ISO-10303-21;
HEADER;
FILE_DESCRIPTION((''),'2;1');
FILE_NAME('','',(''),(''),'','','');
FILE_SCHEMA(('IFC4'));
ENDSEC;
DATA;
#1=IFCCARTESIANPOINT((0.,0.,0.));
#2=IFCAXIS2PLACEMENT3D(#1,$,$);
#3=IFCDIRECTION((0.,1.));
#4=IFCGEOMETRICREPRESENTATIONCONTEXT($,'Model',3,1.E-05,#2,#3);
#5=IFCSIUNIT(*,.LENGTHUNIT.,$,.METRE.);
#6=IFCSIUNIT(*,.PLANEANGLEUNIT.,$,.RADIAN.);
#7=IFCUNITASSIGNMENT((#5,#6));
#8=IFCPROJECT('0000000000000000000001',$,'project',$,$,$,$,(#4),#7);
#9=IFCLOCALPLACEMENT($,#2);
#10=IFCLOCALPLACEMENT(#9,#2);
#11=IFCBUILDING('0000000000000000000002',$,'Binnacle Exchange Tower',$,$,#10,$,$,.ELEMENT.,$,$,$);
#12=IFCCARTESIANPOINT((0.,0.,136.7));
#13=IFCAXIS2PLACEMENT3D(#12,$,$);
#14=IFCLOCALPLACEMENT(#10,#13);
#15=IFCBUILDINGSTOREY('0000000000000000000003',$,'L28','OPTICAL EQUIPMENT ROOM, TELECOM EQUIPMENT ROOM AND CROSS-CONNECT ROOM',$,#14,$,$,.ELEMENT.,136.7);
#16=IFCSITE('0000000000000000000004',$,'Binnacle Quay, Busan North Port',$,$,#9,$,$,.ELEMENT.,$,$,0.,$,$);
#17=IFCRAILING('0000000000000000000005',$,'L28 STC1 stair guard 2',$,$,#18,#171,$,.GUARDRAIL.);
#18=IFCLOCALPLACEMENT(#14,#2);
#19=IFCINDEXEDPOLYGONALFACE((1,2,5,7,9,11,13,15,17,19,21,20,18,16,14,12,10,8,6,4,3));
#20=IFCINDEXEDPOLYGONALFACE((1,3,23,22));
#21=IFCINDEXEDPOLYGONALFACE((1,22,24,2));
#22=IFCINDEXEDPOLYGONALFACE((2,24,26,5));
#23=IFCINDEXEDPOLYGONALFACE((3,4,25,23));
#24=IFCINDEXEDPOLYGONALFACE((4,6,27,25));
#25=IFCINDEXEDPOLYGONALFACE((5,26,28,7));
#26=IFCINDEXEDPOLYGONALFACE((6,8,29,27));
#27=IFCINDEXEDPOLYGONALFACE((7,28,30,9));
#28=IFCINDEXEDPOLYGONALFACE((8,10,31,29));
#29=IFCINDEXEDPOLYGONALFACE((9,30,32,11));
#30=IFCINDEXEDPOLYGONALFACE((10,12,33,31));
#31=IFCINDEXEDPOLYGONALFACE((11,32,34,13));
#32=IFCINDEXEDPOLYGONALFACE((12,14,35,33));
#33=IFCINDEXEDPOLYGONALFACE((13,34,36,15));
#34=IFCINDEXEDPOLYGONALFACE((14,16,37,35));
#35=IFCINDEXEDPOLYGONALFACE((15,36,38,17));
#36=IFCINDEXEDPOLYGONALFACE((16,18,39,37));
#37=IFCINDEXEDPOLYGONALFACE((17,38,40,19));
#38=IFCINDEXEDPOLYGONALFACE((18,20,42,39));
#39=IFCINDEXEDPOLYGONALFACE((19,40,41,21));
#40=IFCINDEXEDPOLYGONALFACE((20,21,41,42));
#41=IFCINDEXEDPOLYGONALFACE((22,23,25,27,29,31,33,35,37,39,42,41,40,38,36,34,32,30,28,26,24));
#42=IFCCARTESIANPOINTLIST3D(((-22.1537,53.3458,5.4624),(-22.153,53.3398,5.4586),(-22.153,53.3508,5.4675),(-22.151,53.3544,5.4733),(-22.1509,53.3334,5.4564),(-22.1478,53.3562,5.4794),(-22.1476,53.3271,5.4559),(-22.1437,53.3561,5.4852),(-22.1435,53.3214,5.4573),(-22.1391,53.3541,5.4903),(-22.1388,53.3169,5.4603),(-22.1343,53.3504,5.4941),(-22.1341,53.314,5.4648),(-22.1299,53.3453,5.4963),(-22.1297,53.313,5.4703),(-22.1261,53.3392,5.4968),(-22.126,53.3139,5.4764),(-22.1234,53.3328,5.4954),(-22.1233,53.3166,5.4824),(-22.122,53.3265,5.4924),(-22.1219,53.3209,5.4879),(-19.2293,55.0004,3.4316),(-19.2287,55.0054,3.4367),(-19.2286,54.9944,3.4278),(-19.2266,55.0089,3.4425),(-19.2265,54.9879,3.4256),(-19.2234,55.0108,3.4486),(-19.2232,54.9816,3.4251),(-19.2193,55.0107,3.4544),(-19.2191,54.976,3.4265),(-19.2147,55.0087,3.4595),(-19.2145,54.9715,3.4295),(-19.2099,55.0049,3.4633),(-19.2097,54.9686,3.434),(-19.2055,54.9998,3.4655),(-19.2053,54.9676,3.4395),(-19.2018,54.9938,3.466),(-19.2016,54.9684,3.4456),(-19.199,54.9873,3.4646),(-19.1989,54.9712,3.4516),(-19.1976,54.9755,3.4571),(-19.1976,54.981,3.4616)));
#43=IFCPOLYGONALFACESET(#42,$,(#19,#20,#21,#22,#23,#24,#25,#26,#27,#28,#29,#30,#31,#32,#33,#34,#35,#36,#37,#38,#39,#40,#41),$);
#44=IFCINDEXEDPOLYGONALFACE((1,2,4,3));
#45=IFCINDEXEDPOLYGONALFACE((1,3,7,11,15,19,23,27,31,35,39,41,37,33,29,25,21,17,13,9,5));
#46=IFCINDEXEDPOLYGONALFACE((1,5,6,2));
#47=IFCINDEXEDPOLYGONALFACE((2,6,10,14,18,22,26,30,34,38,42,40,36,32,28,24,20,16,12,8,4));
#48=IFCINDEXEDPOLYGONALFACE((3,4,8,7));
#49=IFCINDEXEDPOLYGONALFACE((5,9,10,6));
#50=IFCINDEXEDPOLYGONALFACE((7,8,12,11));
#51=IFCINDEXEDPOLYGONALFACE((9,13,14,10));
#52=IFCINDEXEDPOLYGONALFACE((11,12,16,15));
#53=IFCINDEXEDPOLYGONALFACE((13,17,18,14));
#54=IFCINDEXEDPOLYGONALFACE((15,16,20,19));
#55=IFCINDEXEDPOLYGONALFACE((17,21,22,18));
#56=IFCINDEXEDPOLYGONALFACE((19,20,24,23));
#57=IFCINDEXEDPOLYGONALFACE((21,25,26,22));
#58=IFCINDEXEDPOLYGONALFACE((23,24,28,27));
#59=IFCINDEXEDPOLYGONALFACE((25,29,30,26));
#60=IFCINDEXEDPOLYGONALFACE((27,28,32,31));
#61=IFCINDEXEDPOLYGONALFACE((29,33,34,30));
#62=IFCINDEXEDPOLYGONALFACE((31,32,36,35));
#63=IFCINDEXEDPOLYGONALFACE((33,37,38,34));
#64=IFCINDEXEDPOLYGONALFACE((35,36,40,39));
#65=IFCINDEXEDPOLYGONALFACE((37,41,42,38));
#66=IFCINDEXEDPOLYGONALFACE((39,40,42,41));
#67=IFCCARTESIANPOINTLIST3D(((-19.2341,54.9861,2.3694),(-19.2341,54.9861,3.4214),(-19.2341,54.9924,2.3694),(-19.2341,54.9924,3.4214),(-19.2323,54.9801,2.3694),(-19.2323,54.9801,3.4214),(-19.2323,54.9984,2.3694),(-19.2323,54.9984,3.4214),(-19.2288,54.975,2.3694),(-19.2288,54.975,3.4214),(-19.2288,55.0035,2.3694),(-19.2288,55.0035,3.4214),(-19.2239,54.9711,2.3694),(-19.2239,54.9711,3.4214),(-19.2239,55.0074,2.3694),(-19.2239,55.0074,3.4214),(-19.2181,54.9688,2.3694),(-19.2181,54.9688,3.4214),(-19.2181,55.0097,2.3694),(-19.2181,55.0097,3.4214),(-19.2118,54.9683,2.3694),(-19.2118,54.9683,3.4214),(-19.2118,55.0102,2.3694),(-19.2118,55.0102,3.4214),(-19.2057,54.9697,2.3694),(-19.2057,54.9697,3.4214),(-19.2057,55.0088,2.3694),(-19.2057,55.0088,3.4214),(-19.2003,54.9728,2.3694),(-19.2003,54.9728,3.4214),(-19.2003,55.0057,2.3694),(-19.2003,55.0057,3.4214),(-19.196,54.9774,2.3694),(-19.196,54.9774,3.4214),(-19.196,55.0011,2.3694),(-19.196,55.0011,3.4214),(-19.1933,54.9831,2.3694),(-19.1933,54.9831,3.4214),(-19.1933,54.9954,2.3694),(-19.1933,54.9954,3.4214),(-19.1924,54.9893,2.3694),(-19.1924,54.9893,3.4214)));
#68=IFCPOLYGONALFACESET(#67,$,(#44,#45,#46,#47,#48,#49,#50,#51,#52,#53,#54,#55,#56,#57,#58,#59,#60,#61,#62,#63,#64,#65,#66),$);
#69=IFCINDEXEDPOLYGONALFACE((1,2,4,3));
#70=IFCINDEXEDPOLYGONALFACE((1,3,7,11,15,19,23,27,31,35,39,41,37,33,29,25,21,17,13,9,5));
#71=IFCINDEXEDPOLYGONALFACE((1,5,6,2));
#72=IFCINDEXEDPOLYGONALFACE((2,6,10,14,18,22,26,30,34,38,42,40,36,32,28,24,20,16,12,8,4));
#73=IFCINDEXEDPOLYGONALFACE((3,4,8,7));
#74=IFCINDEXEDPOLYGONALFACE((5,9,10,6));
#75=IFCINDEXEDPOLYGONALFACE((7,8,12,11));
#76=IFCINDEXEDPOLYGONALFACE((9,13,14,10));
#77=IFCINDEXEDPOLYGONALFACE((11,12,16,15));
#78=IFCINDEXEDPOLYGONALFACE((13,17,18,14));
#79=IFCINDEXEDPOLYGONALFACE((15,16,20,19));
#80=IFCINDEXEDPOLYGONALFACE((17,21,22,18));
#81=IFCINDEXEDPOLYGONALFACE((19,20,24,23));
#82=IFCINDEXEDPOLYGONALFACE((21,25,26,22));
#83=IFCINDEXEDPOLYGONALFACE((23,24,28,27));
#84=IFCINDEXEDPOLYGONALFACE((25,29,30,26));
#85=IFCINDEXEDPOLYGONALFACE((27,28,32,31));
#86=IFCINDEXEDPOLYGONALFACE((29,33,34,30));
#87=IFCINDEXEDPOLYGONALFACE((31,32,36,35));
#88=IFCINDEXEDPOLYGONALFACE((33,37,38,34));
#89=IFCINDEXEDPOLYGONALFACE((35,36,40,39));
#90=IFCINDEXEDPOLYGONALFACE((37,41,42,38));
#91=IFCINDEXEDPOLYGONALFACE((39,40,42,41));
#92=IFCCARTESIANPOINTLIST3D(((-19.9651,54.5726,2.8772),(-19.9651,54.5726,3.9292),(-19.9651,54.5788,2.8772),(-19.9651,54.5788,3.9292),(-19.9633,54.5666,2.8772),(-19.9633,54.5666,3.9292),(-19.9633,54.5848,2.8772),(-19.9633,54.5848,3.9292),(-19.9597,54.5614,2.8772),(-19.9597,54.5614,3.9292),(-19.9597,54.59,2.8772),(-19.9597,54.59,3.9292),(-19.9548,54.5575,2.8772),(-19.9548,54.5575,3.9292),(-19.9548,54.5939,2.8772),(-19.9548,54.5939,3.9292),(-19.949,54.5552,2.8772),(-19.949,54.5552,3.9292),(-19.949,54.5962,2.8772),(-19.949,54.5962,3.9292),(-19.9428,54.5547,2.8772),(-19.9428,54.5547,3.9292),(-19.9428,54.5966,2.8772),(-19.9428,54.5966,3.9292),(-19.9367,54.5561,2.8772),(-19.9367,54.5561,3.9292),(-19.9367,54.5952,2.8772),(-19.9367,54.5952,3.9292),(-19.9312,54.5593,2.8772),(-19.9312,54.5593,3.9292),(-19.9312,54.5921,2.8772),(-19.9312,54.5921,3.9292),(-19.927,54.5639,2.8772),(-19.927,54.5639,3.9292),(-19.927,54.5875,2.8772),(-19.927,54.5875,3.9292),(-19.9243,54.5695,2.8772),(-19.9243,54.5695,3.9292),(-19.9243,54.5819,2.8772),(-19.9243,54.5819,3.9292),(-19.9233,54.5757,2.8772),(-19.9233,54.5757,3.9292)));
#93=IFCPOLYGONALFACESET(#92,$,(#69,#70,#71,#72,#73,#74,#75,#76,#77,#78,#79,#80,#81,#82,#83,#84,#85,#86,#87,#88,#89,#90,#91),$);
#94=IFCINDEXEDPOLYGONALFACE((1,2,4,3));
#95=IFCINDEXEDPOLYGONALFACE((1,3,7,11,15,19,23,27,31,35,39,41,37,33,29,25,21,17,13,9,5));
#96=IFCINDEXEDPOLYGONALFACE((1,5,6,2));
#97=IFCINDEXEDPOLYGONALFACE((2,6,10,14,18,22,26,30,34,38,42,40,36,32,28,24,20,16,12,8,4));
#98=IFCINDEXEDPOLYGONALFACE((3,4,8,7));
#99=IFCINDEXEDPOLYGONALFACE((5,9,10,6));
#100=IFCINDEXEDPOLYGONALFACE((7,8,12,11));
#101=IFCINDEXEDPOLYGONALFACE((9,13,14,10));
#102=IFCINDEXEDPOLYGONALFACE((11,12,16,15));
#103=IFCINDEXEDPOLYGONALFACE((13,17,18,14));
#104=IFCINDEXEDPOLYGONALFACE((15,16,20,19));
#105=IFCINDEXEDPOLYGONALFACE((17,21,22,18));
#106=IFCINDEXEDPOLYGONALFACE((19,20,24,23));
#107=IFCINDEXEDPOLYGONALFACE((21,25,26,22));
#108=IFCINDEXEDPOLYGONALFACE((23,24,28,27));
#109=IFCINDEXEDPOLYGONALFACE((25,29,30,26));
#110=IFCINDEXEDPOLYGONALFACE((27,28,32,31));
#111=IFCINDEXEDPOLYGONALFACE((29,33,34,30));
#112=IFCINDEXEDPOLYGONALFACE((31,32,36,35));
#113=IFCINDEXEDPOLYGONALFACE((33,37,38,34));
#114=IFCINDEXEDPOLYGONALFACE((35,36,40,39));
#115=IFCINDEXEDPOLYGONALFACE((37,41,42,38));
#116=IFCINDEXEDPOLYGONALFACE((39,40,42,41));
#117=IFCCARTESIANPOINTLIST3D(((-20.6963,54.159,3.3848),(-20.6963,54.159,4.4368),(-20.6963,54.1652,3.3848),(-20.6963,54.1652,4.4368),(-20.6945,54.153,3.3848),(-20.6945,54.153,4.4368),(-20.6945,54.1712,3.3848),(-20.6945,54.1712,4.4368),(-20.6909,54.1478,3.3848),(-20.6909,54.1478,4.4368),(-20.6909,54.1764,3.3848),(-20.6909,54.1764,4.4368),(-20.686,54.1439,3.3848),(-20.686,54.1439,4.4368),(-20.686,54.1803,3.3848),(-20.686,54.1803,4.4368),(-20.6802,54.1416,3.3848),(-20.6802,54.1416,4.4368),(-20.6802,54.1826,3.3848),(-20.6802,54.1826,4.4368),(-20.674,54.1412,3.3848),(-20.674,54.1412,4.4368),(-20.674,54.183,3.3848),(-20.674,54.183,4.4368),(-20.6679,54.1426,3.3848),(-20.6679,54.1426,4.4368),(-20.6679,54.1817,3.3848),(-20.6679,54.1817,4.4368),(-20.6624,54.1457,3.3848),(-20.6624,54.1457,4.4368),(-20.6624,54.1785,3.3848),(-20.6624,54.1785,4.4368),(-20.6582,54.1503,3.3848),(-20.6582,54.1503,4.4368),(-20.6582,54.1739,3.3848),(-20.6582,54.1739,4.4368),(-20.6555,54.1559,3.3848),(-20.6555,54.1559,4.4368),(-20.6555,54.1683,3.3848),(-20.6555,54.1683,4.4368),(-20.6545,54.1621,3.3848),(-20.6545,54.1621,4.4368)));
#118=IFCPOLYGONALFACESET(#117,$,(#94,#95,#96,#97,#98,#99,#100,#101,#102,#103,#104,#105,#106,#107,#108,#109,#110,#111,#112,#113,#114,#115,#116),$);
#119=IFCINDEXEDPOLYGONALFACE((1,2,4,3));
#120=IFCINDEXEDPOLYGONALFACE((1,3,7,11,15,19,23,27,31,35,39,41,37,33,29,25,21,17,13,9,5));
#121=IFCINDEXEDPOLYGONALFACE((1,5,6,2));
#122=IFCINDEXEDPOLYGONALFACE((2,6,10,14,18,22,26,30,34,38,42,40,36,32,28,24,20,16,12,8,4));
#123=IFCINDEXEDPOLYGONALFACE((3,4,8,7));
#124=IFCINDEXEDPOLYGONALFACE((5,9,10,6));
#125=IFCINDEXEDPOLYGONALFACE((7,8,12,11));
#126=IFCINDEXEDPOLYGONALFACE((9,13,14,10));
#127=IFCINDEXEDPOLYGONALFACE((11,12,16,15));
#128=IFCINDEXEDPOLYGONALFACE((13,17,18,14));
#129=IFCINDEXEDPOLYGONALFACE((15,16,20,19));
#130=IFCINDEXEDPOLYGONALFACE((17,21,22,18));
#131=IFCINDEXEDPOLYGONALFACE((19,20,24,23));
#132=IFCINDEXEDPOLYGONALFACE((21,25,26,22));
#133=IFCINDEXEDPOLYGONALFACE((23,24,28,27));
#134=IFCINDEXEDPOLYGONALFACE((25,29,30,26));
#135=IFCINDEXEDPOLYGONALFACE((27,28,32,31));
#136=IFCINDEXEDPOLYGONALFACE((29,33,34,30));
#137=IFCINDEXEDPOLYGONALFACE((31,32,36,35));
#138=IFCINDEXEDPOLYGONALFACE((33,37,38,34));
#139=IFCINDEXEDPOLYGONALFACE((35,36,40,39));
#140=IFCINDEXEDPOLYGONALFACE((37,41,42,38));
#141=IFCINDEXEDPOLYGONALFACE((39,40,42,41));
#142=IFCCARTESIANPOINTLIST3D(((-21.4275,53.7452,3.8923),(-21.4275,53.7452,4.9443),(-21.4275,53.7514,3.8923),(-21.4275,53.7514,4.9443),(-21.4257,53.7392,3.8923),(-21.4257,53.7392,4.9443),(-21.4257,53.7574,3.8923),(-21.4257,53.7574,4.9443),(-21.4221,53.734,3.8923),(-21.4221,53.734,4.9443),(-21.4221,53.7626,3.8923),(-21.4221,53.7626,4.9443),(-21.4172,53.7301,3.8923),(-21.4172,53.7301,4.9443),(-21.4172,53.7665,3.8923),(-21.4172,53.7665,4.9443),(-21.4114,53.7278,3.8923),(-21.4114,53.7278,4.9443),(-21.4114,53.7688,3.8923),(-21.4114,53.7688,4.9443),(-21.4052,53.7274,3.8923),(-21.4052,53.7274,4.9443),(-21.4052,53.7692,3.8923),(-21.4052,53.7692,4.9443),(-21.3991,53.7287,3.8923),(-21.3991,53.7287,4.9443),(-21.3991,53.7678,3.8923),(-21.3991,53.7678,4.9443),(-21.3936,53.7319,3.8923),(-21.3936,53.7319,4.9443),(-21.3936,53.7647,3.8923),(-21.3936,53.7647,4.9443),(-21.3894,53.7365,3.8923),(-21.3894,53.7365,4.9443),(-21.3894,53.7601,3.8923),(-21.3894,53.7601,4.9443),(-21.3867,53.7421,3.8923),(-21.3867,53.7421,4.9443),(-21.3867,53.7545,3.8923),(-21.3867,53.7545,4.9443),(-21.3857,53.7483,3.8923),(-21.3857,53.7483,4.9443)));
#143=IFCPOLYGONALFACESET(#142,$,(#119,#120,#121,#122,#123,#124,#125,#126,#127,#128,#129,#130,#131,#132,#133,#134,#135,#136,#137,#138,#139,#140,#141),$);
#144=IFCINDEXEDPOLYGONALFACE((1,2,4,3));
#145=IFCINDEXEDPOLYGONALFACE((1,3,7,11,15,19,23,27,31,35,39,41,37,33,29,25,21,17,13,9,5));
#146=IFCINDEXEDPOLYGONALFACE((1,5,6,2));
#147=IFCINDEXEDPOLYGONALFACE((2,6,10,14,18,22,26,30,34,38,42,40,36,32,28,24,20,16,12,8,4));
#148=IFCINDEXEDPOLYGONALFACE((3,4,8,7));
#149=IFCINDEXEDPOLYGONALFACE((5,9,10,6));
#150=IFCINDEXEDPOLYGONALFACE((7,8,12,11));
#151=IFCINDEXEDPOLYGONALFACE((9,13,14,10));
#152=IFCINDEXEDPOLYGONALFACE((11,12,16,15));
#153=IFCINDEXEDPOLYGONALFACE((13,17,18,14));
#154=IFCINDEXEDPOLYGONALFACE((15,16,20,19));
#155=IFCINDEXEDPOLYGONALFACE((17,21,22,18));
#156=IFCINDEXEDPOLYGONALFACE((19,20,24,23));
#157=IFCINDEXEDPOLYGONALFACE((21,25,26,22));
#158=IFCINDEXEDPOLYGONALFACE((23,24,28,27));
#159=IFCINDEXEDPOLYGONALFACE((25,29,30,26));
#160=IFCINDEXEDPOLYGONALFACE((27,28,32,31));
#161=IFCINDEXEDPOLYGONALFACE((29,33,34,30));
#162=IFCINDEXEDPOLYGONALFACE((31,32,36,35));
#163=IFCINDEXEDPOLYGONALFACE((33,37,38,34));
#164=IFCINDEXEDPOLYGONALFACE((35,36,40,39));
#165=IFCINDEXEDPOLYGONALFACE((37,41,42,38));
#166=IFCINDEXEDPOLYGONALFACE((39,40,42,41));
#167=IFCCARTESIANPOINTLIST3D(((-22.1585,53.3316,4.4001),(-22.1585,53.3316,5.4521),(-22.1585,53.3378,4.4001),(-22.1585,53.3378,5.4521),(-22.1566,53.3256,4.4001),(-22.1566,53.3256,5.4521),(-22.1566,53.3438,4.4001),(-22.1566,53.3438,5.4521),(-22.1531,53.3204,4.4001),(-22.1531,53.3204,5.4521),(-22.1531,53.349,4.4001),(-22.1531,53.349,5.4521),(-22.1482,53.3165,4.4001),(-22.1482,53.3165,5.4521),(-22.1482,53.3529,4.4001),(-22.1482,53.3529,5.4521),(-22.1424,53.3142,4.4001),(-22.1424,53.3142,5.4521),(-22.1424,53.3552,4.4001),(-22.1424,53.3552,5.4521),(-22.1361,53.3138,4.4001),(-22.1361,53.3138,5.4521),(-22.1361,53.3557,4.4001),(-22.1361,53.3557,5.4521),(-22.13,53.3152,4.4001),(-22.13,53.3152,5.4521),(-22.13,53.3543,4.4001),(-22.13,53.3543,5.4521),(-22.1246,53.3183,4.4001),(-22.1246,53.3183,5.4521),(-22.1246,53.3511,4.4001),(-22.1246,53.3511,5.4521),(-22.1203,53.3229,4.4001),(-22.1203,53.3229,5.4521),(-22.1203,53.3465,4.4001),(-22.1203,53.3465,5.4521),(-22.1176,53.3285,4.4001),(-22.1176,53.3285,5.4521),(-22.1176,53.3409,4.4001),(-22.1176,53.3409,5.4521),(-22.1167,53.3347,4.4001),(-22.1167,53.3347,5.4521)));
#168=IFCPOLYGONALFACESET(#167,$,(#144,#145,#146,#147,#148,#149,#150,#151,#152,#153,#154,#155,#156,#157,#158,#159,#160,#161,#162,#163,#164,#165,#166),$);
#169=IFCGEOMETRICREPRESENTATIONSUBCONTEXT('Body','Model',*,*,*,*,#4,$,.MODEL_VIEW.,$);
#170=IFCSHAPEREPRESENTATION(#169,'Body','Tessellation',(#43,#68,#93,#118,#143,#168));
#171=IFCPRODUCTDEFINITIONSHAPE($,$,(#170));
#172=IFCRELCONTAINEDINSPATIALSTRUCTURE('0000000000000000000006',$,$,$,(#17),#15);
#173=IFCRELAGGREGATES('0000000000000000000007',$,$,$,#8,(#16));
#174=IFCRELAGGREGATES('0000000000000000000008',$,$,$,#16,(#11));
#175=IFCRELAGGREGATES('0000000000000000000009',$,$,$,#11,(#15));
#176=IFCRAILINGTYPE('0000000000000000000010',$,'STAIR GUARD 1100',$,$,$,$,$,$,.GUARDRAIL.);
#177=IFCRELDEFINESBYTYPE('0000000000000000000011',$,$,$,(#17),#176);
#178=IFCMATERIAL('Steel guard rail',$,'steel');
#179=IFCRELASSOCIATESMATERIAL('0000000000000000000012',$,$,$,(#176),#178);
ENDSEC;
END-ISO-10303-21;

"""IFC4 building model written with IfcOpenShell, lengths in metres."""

from ifc_helpers import new_model, si_unit, direction, frame, origin, origin_2d, place, context, subcontext, project, spatial, circle, extrude, material, type_object, element, save


model = new_model("IFC4")

# Units and contexts
model_context = context("Model", 3, precision=1e-05, world=origin(), true_north=direction((0.0, 1.0)))
body_context = subcontext(model_context, "Body", "Model", "MODEL_VIEW")
ifc_project = project(units=[si_unit("LENGTHUNIT", "METRE"), si_unit("PLANEANGLEUNIT", "RADIAN")], contexts=[model_context])

# Site, building, storey
site_placement = place(None, origin())
site = spatial("IfcSite", under=ifc_project, at=site_placement, Name="Binnacle Quay, Busan North Port", CompositionType="ELEMENT", RefElevation=0.0)
building_placement = place(site_placement, origin())
building = spatial("IfcBuilding", under=site, at=building_placement, Name="Binnacle Exchange Tower", CompositionType="ELEMENT")
storey_placement = place(building_placement, frame((0.0, 0.0, 136.7)))
storey = spatial("IfcBuildingStorey", under=building, at=storey_placement, Name="L28", Description="OPTICAL EQUIPMENT ROOM, TELECOM EQUIPMENT ROOM AND CROSS-CONNECT ROOM", CompositionType="ELEMENT", Elevation=136.7)

# Railing
ifc_material_1 = material(Name="Steel guard rail", Category="steel")
railing_type_1 = type_object("IfcRailingType", Name="STAIR GUARD 1100", PredefinedType="GUARDRAIL", material=ifc_material_1)
railing_1_placement = place(storey_placement, frame((-19.2134, 54.9893, 2.3694)))
element("IfcRailing", 1, at=railing_1_placement, inside=storey, type_object=railing_type_1, Name="L28 STC1 stair guard 2", PredefinedType="GUARDRAIL", context=body_context, shape_type="SweptSolid", body=[
    extrude(circle(Radius=0.0239, at=origin_2d()), frame((0.0, 0.0, 1.0762), z_axis=(-0.744867, -0.421437, 0.517266), x_axis=(0.492433, -0.87035, 0.0)), (0.0, 0.0, 1.0), 3.926),
    extrude(circle(Radius=0.021, at=origin_2d()), origin(), (0.0, 0.0, 1.0), 1.052),
    extrude(circle(Radius=0.021, at=origin_2d()), frame((-0.731, -0.4136, 0.5078)), (0.0, 0.0, 1.0), 1.052),
    extrude(circle(Radius=0.021, at=origin_2d()), frame((-1.4622, -0.8271, 1.0154)), (0.0, 0.0, 1.0), 1.052),
    extrude(circle(Radius=0.021, at=origin_2d()), frame((-2.1934, -1.241, 1.5229)), (0.0, 0.0, 1.0), 1.052),
    extrude(circle(Radius=0.021, at=origin_2d()), frame((-2.9243, -1.6545, 2.0308)), (0.0, 0.0, 1.0), 1.052),
])

save(model, "model.ifc")
